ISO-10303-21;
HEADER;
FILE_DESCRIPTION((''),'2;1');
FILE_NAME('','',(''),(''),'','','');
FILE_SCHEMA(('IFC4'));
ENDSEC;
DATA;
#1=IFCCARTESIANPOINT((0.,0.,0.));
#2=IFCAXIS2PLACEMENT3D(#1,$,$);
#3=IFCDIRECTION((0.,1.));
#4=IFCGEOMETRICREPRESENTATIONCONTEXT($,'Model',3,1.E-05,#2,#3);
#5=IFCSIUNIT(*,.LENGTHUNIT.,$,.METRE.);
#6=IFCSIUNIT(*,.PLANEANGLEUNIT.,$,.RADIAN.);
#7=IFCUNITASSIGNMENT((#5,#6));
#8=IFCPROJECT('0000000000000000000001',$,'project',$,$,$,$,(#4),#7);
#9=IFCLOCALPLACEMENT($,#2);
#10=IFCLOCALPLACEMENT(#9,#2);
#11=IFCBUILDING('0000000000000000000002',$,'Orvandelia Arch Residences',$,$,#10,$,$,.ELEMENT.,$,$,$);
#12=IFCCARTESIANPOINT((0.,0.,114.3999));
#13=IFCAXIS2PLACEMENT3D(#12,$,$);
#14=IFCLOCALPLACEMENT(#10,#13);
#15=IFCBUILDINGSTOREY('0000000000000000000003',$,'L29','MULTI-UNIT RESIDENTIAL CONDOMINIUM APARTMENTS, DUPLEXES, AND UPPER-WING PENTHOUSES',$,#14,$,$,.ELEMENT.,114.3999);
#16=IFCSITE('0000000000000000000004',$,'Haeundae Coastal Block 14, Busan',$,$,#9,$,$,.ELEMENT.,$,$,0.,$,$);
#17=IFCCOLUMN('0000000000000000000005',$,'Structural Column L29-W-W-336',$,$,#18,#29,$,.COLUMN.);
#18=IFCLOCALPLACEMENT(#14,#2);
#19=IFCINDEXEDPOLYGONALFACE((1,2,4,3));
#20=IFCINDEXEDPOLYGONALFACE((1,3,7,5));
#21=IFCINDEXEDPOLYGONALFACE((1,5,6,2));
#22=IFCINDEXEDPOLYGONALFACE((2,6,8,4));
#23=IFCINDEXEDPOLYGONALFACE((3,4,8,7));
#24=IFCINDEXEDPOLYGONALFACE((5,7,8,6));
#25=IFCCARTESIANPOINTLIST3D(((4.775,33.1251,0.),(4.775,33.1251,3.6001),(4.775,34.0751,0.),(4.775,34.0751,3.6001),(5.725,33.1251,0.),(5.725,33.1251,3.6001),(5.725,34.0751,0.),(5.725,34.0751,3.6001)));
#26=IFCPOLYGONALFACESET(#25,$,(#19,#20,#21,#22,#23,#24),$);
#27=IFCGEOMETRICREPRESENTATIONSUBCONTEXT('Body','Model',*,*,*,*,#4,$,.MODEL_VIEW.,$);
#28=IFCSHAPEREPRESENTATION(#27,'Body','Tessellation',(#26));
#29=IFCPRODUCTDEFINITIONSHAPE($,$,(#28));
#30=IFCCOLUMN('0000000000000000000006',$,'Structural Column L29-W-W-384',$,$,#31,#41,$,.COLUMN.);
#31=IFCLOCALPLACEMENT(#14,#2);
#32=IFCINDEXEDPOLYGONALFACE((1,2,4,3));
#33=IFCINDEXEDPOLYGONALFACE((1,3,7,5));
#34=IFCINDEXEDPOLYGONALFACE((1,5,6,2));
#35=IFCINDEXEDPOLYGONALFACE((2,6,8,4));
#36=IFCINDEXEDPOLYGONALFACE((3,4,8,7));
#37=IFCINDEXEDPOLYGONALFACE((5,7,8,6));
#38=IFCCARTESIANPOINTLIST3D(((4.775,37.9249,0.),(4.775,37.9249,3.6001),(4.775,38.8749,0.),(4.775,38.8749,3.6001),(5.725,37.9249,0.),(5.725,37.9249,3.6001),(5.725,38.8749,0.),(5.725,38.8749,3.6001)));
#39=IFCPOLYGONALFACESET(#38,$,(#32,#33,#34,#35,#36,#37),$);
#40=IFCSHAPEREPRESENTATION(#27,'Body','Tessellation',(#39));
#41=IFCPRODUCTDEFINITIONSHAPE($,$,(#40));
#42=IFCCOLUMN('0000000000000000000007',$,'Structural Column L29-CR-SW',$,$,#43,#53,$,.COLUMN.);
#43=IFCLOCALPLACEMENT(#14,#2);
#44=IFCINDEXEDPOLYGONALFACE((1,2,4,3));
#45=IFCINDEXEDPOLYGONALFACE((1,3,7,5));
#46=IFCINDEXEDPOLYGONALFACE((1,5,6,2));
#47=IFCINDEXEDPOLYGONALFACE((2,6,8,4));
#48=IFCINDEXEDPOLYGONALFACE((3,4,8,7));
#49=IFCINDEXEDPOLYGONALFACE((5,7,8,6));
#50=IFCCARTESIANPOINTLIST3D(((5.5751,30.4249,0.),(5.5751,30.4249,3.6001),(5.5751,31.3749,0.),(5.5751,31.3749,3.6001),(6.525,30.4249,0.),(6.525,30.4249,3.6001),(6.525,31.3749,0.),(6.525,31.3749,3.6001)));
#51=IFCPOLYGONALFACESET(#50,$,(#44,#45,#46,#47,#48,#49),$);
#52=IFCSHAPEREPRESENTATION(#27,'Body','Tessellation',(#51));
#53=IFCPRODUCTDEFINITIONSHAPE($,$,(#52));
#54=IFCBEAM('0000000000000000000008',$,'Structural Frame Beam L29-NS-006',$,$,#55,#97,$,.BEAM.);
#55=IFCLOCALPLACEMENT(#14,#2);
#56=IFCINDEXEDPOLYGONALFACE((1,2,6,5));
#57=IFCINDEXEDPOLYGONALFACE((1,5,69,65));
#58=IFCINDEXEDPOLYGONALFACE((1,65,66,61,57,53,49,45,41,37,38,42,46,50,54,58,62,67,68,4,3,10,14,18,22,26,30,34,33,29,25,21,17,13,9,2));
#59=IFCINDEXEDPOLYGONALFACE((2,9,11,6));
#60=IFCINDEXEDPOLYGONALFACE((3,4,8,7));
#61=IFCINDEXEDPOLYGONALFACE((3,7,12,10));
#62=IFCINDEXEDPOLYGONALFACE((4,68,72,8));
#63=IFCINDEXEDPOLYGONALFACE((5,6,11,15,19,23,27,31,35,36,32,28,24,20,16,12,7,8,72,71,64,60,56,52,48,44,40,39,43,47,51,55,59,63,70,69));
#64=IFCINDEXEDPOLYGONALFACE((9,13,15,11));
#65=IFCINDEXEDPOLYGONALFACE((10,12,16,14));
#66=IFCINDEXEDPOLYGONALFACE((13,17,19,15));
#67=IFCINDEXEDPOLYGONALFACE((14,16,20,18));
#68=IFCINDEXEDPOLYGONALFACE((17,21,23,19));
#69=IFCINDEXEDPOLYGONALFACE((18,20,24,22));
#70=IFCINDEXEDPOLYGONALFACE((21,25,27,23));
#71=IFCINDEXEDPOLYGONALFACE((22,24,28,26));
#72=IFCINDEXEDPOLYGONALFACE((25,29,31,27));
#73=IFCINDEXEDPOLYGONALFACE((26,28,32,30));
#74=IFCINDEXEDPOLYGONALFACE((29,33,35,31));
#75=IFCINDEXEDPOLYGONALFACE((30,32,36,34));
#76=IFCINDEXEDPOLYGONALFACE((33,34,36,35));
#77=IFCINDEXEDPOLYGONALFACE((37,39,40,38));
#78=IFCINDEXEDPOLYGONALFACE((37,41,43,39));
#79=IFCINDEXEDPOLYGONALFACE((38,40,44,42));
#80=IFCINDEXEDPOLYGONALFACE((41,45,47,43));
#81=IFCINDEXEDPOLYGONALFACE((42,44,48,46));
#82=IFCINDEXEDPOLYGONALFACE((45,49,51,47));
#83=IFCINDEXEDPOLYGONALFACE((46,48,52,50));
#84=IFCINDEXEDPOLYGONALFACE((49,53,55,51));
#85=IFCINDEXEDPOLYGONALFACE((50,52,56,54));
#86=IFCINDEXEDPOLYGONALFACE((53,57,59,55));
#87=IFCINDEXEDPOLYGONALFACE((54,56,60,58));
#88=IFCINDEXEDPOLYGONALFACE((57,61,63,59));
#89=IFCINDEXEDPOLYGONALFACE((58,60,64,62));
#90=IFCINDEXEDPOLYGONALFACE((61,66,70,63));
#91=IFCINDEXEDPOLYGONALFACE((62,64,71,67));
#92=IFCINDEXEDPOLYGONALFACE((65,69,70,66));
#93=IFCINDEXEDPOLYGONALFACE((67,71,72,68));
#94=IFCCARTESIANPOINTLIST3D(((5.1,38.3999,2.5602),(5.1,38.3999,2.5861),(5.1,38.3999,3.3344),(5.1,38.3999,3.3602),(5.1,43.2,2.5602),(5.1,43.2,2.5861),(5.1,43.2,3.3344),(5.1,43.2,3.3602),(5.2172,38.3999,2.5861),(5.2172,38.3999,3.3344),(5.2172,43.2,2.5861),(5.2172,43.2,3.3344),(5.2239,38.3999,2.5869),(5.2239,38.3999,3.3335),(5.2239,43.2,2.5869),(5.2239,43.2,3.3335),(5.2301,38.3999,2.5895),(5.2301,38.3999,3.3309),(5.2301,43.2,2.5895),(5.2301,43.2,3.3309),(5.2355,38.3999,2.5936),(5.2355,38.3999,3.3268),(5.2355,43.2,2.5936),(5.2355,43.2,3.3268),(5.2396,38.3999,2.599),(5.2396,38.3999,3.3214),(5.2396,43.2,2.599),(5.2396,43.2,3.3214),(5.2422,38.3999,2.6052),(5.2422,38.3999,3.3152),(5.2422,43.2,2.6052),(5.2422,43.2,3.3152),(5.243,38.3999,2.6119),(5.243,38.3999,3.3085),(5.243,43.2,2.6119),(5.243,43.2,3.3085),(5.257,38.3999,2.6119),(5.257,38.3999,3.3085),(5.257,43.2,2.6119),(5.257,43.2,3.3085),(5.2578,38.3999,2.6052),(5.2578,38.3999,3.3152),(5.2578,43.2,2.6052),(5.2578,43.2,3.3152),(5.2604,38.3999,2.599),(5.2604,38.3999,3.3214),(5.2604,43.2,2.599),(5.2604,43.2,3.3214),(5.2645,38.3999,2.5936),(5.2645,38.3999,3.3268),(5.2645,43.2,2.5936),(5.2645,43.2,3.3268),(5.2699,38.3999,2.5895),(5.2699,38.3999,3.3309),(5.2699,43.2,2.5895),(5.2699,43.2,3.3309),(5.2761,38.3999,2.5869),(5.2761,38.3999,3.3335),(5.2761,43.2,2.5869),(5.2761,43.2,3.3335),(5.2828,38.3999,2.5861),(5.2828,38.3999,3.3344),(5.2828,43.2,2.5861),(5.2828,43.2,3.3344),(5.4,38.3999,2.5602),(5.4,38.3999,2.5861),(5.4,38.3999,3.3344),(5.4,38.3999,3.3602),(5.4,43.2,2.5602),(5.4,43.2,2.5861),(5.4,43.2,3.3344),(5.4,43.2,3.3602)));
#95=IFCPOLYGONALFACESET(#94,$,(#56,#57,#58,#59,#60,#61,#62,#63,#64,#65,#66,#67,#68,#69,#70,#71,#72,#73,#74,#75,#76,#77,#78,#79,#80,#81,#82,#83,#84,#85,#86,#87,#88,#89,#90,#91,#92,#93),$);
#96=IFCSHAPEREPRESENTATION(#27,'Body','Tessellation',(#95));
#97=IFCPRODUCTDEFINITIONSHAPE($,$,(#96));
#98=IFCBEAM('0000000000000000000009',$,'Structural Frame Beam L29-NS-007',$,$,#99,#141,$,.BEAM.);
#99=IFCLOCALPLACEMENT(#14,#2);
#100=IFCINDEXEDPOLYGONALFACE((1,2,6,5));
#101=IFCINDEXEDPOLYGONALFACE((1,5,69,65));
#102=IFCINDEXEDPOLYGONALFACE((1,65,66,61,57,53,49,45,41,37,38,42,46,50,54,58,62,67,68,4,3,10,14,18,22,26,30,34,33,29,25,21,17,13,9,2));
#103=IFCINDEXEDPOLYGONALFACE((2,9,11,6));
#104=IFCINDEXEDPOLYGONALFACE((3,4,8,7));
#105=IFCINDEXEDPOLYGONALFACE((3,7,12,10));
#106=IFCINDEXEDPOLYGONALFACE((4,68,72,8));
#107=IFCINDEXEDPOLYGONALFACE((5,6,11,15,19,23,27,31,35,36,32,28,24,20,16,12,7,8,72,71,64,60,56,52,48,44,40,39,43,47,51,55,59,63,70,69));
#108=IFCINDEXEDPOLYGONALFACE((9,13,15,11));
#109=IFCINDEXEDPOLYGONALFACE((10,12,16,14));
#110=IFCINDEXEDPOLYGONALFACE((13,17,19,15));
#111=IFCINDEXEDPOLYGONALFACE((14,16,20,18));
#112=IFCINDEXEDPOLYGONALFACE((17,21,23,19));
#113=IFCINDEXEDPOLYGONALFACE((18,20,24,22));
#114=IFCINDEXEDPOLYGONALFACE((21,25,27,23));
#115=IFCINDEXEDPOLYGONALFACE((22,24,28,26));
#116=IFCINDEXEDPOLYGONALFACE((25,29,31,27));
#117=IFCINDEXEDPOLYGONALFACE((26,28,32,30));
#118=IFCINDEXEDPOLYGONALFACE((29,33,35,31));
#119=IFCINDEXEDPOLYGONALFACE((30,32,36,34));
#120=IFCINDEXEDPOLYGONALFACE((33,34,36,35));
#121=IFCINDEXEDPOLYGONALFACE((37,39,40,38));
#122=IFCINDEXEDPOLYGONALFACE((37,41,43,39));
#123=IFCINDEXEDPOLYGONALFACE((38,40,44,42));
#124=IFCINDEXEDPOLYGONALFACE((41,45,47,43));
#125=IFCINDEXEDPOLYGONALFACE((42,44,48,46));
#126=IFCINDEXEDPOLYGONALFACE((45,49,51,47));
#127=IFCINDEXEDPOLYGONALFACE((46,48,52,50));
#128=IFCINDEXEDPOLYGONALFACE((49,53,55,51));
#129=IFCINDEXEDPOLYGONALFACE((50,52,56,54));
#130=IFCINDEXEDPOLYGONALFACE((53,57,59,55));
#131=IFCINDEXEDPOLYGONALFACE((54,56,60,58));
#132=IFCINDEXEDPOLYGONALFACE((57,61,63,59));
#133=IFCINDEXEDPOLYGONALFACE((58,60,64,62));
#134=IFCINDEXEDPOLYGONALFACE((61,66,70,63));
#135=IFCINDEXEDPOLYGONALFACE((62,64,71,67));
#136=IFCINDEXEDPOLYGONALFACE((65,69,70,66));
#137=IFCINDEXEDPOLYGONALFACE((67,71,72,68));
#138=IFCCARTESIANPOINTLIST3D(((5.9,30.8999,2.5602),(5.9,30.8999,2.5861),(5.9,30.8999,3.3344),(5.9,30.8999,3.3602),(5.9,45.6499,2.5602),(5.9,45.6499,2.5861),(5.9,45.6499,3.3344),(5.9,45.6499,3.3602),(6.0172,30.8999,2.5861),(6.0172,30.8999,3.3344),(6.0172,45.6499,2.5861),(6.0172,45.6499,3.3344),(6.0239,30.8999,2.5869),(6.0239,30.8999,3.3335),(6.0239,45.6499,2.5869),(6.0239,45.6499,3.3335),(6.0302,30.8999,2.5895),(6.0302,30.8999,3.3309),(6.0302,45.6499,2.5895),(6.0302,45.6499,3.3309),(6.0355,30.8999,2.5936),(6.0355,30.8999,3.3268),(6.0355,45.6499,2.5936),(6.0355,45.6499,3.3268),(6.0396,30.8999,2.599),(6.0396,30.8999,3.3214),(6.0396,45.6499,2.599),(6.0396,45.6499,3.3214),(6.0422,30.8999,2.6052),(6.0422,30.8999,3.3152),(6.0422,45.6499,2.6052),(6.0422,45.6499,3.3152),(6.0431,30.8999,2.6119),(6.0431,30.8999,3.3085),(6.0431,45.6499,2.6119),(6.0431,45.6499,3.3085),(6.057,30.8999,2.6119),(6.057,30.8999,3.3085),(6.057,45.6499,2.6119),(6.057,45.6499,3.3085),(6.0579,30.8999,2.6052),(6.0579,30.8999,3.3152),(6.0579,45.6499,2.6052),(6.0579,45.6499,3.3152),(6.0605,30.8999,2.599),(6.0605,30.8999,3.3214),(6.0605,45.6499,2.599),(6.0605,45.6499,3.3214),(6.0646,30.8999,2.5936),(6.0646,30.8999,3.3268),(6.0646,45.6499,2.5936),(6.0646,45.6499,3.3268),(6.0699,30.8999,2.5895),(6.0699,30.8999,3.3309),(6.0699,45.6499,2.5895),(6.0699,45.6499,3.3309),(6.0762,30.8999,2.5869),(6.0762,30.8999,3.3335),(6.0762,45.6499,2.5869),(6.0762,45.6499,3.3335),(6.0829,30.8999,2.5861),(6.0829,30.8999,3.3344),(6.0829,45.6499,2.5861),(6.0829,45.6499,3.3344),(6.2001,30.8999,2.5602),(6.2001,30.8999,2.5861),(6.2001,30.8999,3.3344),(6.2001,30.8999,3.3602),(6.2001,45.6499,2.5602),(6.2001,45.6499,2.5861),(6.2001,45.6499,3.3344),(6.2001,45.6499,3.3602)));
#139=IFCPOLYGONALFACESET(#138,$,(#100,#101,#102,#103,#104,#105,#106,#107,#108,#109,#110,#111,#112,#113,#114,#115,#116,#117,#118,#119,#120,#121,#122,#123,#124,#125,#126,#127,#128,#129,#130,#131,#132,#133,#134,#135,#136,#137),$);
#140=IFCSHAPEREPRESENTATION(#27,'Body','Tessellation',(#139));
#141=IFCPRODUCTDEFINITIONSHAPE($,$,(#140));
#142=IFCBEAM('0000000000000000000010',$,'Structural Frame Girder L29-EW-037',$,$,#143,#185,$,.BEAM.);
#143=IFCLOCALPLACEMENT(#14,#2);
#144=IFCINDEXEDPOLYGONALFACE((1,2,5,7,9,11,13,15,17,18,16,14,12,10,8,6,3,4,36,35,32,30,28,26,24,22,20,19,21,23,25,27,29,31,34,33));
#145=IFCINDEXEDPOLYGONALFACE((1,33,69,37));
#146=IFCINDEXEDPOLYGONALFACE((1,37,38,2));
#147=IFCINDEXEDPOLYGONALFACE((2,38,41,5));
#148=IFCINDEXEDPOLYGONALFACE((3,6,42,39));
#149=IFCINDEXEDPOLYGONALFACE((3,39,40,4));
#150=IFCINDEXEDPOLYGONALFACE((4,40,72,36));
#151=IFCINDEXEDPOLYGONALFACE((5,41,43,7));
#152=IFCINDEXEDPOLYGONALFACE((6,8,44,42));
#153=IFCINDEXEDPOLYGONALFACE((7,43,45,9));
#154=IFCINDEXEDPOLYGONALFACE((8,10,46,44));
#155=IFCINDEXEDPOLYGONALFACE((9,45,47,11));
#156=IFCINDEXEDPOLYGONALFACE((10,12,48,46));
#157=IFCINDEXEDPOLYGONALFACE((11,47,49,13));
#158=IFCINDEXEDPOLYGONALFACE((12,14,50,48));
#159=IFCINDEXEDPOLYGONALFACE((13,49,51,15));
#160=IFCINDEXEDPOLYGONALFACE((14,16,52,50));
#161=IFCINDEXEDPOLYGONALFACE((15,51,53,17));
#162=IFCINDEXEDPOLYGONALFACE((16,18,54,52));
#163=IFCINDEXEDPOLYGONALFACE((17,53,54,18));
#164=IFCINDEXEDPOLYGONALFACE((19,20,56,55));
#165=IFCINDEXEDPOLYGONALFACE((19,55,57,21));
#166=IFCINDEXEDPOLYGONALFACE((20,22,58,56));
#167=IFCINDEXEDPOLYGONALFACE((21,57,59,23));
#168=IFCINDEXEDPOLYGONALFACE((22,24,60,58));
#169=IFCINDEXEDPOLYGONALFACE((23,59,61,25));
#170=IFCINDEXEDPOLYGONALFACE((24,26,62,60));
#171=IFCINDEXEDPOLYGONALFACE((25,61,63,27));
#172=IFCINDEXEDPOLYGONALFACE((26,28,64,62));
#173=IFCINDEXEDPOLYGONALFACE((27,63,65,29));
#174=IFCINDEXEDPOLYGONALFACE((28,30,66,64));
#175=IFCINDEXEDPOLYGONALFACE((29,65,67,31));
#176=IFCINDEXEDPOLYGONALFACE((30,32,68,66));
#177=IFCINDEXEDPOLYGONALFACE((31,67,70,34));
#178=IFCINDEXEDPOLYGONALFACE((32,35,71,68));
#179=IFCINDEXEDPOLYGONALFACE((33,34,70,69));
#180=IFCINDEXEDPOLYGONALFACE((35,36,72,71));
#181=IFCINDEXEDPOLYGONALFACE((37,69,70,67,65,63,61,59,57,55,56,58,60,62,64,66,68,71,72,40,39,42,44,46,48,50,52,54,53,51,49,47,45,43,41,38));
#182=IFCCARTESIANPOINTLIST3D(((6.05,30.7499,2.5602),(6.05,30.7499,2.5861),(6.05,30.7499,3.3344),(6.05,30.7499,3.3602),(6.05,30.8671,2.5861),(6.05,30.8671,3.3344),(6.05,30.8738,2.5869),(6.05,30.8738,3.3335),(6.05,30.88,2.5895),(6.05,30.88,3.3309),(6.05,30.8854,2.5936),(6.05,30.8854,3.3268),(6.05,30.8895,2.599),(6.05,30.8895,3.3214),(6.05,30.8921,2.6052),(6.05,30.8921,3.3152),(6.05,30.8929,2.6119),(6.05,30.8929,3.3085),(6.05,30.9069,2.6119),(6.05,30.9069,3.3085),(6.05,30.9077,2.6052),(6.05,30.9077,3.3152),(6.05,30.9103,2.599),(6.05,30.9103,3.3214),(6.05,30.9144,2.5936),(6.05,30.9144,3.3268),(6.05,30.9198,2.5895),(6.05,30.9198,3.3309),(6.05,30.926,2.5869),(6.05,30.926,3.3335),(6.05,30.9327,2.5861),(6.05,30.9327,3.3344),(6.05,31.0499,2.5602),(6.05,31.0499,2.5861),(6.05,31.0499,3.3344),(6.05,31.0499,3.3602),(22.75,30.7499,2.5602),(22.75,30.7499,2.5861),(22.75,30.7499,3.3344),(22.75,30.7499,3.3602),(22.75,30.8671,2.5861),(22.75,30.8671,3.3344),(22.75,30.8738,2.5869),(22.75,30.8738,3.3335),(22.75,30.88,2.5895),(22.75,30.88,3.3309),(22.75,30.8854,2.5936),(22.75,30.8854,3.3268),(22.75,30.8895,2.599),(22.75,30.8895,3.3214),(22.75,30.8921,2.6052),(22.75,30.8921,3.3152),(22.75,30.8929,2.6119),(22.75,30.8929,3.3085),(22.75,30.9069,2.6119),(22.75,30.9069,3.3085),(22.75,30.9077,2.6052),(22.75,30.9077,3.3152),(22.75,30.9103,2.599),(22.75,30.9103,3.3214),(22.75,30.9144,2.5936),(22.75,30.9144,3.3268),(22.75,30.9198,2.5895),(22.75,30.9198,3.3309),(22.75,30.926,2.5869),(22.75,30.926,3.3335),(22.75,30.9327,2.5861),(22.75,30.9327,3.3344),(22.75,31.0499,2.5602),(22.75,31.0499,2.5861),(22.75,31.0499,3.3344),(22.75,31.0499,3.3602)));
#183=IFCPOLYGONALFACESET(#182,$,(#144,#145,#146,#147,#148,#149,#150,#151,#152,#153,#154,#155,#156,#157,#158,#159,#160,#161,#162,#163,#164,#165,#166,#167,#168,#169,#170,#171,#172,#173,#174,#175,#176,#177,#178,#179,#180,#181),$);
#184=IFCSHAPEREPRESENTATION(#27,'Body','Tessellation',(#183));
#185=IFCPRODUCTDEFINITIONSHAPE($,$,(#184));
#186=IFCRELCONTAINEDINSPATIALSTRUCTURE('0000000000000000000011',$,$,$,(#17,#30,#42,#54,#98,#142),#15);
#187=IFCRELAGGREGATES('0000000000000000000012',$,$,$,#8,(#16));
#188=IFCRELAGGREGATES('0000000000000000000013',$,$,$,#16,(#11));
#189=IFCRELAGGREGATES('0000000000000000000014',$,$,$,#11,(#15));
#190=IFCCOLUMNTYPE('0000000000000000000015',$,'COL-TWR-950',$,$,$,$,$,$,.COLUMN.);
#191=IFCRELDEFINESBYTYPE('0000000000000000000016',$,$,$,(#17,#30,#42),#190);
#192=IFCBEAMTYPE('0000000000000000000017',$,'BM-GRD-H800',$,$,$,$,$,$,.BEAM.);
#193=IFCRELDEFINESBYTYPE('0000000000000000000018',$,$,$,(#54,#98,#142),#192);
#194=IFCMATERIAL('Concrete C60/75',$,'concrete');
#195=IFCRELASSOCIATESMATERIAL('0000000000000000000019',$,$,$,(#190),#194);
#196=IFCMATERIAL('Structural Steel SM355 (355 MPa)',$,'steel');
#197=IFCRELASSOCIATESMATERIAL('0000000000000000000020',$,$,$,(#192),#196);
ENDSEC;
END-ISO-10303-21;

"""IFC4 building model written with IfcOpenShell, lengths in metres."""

from ifc_helpers import new_model, si_unit, direction, frame, origin, origin_2d, place, context, subcontext, project, spatial, rectangle, i_section, extrude, material, material_profile, profile_set, type_object, element, save


model = new_model("IFC4")

# Units and contexts
model_context = context("Model", 3, precision=1e-05, world=origin(), true_north=direction((0.0, 1.0)))
body_context = subcontext(model_context, "Body", "Model", "MODEL_VIEW")
ifc_project = project(units=[si_unit("LENGTHUNIT", "METRE"), si_unit("PLANEANGLEUNIT", "RADIAN")], contexts=[model_context])

# Site, building, storey
site_placement = place(None, origin())
site = spatial("IfcSite", under=ifc_project, at=site_placement, Name="Haeundae Coastal Block 14, Busan", CompositionType="ELEMENT", RefElevation=0.0)
building_placement = place(site_placement, origin())
building = spatial("IfcBuilding", under=site, at=building_placement, Name="Orvandelia Arch Residences", CompositionType="ELEMENT")
storey_placement = place(building_placement, frame((0.0, 0.0, 114.3999)))
storey = spatial("IfcBuildingStorey", under=building, at=storey_placement, Name="L29", Description="MULTI-UNIT RESIDENTIAL CONDOMINIUM APARTMENTS, DUPLEXES, AND UPPER-WING PENTHOUSES", CompositionType="ELEMENT", Elevation=114.3999)

# Columns
ifc_material_1 = material(Name="Concrete C60/75", Category="concrete")
ifc_material_profile_1 = material_profile(ifc_material_1, rectangle(XDim=0.95, YDim=0.95, at=origin_2d()), Name="Concrete C60/75", Category="concrete")
ifc_profile_set_1 = profile_set([ifc_material_profile_1], Name="Concrete C60/75")
column_type = type_object("IfcColumnType", Name="COL-TWR-950", PredefinedType="COLUMN", material=ifc_profile_set_1)
for number, where, z_axis, x_axis, name in (
    (1, (5.25, 33.6001, 0.0), (0.0, 0.0, 1.0), (1.0, 0.0, 0.0), "Structural Column L29-W-W-336"),
    (2, (5.25, 38.3999, 0.0), (0.0, 0.0, 1.0), (1.0, 0.0, 0.0), "Structural Column L29-W-W-384"),
    (3, (6.05, 30.8999, 0.0), (0.0, 0.0, 1.0), (1.0, 0.0, 0.0), "Structural Column L29-CR-SW"),
):
    element("IfcColumn", number, at=place(storey_placement, frame(where, z_axis=z_axis, x_axis=x_axis)), inside=storey, type_object=column_type, Name=name, PredefinedType="COLUMN", context=body_context, shape_type="SweptSolid", body=[
        extrude(rectangle(XDim=0.95, YDim=0.95, at=origin_2d()), origin(), (0.0, 0.0, 1.0), 3.6001),
    ])

# Beams
ifc_material_2 = material(Name="Structural Steel SM355 (355 MPa)", Category="steel")
ifc_material_profile_2 = material_profile(ifc_material_2, i_section(OverallWidth=0.3, OverallDepth=0.8, WebThickness=0.0139, FlangeThickness=0.0259, FilletRadius=0.0259, at=origin_2d()), Name="Structural Steel SM355 (355 MPa)", Category="steel")
ifc_profile_set_2 = profile_set([ifc_material_profile_2], Name="Structural Steel SM355 (355 MPa)")
beam_type_1 = type_object("IfcBeamType", Name="BM-GRD-H800", PredefinedType="BEAM", material=ifc_profile_set_2)
beam_1_placement = place(storey_placement, frame((5.25, 38.3999, 2.9602), z_axis=(0.0, 1.0, 0.0), x_axis=(-1.0, 0.0, 0.0)))
element("IfcBeam", 4, at=beam_1_placement, inside=storey, type_object=beam_type_1, Name="Structural Frame Beam L29-NS-006", PredefinedType="BEAM", context=body_context, shape_type="SweptSolid", body=[
    extrude(i_section(OverallWidth=0.3, OverallDepth=0.8, WebThickness=0.0139, FlangeThickness=0.0259, FilletRadius=0.0259, at=origin_2d()), origin(), (0.0, 0.0, 1.0), 4.8),
])
beam_2_placement = place(storey_placement, frame((6.05, 30.8999, 2.9602), z_axis=(0.0, 1.0, 0.0), x_axis=(-1.0, 0.0, 0.0)))
element("IfcBeam", 5, at=beam_2_placement, inside=storey, type_object=beam_type_1, Name="Structural Frame Beam L29-NS-007", PredefinedType="BEAM", context=body_context, shape_type="SweptSolid", body=[
    extrude(i_section(OverallWidth=0.3, OverallDepth=0.8, WebThickness=0.0139, FlangeThickness=0.0259, FilletRadius=0.0259, at=origin_2d()), origin(), (0.0, 0.0, 1.0), 14.75),
])
beam_3_placement = place(storey_placement, frame((6.05, 30.8999, 2.9602), z_axis=(1.0, 0.0, 0.0), x_axis=(0.0, 1.0, 0.0)))
element("IfcBeam", 6, at=beam_3_placement, inside=storey, type_object=beam_type_1, Name="Structural Frame Girder L29-EW-037", PredefinedType="BEAM", context=body_context, shape_type="SweptSolid", body=[
    extrude(i_section(OverallWidth=0.3, OverallDepth=0.8, WebThickness=0.0139, FlangeThickness=0.0259, FilletRadius=0.0259, at=origin_2d()), origin(), (0.0, 0.0, 1.0), 16.7),
])

save(model, "model.ifc")
